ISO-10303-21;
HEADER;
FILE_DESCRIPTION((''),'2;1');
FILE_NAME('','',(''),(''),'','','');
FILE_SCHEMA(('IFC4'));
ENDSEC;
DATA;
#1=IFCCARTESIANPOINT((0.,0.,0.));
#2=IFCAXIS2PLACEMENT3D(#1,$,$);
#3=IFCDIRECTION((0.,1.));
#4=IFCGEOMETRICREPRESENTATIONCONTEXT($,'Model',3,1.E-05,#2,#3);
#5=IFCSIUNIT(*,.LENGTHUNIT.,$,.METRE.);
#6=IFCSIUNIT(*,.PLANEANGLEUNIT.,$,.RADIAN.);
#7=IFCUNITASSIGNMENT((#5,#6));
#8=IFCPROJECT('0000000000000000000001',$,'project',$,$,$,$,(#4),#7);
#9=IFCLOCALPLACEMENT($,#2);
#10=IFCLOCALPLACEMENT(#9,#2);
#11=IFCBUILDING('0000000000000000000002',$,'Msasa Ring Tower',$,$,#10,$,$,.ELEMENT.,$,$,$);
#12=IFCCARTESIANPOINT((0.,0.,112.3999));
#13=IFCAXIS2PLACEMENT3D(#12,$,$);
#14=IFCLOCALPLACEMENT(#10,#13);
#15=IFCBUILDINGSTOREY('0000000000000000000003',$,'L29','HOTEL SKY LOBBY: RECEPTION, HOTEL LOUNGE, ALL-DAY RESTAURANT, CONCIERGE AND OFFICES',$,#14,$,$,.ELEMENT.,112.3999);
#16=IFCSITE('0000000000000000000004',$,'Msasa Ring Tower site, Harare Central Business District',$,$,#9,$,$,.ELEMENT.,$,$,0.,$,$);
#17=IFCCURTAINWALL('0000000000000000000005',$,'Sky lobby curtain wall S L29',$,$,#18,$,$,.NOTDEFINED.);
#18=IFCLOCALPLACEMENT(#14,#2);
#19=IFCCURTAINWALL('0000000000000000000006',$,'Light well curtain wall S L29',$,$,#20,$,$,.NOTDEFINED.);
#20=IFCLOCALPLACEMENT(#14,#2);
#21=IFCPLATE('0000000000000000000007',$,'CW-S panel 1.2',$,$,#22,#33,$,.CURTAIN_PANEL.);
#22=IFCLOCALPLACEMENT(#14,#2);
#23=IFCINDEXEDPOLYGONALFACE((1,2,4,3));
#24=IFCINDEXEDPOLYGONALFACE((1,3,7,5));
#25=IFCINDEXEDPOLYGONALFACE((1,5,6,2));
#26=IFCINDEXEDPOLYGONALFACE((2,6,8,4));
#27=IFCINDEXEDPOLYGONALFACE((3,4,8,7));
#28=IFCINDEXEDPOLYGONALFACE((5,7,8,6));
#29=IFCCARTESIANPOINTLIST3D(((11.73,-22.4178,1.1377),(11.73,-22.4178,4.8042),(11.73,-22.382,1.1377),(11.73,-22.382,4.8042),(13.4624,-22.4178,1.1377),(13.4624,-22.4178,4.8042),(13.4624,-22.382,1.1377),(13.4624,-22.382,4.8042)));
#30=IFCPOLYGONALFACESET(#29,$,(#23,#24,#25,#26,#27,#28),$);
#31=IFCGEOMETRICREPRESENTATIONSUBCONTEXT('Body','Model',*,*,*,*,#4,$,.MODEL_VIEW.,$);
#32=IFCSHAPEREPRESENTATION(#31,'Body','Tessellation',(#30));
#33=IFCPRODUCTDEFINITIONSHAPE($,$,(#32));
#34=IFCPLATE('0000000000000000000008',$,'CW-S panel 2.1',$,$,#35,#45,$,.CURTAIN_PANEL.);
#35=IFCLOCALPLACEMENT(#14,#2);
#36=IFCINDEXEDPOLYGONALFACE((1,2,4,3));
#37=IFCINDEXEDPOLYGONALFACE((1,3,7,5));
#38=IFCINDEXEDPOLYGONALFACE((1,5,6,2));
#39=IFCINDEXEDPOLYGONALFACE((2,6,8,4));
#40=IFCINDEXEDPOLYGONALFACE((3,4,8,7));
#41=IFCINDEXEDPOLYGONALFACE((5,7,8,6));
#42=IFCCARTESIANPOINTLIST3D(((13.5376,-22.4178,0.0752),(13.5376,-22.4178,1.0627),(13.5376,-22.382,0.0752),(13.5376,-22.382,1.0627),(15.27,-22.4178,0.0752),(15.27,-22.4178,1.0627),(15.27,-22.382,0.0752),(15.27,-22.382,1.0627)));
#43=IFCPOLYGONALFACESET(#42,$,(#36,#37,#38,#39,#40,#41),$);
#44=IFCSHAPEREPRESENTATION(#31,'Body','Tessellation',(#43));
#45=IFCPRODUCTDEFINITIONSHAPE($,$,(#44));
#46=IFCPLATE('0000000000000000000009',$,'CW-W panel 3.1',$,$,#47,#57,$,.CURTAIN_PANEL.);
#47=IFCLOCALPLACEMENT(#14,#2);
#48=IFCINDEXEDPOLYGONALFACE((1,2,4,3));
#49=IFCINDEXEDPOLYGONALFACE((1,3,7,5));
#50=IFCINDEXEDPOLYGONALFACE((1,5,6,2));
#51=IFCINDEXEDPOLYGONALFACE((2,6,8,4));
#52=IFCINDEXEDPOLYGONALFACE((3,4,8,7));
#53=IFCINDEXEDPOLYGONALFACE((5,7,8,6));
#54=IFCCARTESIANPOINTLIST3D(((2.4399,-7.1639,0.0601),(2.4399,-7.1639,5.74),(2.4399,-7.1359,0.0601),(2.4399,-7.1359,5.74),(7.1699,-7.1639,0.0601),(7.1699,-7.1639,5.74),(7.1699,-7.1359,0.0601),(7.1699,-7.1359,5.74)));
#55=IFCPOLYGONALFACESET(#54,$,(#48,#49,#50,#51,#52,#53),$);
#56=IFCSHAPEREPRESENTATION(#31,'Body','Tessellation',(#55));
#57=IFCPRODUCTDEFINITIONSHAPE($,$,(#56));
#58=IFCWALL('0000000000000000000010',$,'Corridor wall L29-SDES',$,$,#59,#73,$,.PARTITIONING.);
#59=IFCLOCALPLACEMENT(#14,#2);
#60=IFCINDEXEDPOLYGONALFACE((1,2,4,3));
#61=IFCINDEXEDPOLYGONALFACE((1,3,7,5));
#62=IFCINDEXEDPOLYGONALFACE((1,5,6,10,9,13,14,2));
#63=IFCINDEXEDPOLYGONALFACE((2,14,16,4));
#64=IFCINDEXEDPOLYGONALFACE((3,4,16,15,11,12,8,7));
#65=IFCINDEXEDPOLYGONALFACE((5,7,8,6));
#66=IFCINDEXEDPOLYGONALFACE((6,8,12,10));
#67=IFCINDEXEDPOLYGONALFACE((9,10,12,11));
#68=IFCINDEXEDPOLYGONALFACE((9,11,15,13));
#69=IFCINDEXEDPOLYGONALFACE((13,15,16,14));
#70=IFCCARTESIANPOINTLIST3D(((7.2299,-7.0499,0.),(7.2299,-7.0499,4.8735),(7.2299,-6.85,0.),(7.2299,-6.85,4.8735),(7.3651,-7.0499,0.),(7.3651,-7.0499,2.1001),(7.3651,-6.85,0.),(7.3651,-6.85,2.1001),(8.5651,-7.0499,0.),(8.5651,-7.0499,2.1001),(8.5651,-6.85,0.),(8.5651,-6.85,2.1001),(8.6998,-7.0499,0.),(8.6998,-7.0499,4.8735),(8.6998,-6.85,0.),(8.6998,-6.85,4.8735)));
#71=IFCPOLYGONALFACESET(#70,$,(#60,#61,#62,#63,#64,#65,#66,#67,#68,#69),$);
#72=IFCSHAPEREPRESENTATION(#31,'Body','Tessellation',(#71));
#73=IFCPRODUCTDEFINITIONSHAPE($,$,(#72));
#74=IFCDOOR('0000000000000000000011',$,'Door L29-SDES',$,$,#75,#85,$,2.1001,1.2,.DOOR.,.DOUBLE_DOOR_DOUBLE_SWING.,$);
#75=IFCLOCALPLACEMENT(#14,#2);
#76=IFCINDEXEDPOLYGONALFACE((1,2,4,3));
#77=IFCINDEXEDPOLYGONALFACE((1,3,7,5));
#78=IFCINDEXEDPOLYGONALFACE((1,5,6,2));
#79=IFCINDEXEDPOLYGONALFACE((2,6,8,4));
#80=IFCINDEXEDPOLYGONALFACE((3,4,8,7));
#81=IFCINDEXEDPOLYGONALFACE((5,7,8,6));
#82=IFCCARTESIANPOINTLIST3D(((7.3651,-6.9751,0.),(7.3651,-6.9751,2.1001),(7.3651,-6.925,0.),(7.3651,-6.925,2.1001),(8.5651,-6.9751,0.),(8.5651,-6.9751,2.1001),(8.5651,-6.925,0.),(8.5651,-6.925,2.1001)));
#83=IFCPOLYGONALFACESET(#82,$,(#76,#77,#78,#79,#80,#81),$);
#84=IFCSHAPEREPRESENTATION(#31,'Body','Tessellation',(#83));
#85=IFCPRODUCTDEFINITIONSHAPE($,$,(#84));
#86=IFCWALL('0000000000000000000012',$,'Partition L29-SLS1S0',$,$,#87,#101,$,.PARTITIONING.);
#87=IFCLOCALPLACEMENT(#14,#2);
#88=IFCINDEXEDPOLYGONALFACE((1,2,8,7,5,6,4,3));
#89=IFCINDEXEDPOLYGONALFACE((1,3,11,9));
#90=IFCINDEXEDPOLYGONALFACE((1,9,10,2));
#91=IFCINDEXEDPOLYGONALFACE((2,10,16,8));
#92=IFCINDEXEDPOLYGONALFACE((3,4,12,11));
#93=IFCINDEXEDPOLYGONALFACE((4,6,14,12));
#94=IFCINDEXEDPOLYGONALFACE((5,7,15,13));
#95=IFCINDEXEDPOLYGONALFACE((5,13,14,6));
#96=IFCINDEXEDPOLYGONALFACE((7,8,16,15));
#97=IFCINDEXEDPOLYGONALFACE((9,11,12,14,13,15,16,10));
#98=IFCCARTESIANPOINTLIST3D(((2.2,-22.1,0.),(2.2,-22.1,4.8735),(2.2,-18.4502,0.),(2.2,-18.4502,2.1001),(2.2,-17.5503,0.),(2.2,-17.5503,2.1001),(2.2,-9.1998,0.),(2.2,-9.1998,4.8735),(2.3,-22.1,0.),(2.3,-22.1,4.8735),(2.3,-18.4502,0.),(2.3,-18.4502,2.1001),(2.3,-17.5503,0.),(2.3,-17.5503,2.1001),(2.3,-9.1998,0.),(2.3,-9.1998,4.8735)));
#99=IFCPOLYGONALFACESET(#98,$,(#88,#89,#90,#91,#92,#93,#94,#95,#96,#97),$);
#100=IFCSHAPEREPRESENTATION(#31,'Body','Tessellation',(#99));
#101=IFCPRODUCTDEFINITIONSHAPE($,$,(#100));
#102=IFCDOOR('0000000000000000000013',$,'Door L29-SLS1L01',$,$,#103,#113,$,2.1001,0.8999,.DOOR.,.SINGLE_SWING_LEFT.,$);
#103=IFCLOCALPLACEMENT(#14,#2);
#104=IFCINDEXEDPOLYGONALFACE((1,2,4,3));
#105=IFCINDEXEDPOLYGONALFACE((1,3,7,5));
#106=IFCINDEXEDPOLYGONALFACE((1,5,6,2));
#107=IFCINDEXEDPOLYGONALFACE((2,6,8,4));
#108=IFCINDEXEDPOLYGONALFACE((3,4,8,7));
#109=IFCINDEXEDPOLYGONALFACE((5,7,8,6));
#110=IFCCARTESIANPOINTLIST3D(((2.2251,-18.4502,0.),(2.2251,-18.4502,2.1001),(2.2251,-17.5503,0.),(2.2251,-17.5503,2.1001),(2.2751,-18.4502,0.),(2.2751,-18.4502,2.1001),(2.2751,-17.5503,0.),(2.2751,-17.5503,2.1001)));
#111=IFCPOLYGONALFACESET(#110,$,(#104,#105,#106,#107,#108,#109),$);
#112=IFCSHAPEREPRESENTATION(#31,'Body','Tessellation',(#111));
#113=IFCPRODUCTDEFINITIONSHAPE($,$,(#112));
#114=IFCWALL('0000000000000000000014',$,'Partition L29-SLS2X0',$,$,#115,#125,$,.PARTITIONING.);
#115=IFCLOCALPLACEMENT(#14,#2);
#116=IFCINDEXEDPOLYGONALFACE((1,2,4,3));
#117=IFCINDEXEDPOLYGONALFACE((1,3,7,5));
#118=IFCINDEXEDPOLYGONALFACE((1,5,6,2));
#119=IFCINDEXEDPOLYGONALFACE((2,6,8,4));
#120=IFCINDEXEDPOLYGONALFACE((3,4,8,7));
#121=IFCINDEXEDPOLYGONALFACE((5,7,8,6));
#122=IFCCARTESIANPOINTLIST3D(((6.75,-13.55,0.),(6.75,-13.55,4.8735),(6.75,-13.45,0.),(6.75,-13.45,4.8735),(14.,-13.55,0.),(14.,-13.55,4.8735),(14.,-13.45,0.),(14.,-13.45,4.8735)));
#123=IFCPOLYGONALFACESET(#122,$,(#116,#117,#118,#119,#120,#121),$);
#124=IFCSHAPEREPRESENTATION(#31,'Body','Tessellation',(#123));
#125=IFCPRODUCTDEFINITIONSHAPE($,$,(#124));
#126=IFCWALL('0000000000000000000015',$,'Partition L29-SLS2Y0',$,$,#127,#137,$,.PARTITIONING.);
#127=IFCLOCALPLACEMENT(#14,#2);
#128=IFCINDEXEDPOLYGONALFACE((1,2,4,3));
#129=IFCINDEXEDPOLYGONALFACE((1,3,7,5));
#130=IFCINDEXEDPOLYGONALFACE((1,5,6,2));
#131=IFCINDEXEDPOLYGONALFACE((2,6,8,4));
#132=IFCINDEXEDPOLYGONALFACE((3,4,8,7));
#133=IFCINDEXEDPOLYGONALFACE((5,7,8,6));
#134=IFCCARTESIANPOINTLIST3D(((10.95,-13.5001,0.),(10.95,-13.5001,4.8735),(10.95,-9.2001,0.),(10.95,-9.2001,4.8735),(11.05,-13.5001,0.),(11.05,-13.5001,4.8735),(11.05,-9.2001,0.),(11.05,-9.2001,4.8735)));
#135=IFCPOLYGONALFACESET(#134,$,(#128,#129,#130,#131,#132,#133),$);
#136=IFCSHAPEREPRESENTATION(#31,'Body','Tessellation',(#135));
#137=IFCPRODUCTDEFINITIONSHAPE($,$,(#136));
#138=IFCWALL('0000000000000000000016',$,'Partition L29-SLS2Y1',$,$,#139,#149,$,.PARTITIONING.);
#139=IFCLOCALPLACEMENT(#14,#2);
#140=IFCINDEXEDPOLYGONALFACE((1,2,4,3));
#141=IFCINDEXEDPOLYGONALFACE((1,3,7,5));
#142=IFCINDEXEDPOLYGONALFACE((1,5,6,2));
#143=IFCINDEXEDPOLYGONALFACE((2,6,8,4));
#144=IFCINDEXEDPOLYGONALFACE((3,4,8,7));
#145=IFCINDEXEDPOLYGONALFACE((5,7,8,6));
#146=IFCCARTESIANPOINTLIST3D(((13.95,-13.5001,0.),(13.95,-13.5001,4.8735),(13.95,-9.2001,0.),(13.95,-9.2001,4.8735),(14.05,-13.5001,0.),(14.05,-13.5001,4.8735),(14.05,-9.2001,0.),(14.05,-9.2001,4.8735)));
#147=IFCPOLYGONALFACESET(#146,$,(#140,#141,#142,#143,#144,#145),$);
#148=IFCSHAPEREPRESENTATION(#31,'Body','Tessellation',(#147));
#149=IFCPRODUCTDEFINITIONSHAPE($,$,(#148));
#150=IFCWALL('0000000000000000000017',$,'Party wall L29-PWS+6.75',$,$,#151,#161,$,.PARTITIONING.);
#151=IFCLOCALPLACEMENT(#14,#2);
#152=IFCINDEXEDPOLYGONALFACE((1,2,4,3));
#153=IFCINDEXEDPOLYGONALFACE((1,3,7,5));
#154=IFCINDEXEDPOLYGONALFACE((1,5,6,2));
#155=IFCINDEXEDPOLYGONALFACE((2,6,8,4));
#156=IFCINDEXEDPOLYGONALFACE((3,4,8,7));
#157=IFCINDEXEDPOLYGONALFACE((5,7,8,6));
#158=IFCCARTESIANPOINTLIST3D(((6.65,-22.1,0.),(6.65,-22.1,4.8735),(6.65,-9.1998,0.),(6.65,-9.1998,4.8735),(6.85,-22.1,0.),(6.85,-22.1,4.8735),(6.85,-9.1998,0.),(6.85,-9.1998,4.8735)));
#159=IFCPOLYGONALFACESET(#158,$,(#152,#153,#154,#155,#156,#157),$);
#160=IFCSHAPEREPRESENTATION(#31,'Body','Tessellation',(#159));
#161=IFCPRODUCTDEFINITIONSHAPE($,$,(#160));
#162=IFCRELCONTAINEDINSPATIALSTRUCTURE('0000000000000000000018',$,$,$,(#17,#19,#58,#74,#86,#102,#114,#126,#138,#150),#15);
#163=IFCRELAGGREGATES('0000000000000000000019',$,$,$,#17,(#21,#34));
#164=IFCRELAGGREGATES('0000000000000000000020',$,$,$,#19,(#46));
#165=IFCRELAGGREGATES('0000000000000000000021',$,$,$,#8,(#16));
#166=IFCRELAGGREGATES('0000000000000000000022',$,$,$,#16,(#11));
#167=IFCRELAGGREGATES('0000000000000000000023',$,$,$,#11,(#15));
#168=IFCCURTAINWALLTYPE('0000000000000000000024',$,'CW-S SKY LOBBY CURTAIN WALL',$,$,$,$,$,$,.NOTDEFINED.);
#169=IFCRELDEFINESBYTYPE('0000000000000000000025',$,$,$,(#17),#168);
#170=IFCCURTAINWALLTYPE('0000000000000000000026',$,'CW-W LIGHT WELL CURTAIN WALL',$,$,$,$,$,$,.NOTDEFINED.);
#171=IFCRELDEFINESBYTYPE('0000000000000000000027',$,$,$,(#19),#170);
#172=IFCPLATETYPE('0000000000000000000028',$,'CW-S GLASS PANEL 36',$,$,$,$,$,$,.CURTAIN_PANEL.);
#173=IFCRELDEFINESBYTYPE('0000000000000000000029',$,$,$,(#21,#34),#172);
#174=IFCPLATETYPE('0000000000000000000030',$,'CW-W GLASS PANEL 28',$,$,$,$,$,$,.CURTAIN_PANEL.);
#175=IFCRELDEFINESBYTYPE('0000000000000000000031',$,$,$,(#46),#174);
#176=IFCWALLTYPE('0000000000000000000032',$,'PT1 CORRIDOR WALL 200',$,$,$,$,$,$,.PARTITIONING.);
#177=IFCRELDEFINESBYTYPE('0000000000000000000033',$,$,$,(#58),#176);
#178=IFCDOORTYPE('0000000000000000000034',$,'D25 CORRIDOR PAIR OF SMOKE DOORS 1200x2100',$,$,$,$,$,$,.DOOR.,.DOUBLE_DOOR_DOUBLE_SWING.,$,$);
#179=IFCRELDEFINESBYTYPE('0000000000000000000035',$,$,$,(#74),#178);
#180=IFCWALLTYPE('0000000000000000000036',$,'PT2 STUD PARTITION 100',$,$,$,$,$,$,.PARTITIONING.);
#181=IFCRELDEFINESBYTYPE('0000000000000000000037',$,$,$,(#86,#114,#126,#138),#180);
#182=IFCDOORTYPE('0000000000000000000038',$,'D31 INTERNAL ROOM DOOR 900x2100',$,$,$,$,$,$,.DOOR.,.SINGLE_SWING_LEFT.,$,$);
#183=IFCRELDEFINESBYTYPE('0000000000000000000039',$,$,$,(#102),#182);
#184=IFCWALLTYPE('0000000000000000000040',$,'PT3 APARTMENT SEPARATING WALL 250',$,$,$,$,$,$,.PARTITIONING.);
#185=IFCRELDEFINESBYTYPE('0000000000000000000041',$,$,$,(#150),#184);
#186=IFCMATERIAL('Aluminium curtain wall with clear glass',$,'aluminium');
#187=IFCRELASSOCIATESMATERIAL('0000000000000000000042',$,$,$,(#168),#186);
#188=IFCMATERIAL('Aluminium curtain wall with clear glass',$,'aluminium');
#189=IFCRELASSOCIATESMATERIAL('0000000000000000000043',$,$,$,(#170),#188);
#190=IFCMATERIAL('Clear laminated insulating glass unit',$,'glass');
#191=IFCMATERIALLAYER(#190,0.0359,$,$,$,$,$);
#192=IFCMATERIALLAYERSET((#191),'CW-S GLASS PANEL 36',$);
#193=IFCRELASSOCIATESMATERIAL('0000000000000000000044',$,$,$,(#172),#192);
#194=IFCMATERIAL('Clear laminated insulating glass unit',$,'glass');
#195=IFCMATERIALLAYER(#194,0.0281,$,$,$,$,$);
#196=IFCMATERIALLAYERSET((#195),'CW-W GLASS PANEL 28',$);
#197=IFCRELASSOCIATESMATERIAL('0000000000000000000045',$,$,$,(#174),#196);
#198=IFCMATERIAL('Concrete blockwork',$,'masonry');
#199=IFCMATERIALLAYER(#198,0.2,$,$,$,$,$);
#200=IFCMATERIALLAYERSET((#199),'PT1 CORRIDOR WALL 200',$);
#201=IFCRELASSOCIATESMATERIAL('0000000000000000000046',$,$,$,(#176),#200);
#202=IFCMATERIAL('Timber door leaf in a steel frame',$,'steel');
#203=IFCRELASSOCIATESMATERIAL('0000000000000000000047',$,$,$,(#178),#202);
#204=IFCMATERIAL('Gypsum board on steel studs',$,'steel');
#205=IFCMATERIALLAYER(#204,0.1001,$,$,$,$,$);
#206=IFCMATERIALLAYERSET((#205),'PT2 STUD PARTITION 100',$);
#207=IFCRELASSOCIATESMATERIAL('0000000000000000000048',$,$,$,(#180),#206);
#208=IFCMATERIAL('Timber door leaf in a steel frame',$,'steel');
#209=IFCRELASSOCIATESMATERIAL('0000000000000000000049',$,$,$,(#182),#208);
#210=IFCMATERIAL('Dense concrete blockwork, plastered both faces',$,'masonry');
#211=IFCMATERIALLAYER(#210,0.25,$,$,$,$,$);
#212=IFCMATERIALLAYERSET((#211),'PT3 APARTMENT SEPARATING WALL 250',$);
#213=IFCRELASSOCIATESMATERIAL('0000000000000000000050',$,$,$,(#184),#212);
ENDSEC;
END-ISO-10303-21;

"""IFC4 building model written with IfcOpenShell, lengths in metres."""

from ifc_helpers import new_model, si_unit, direction, frame, frame_2d, origin, origin_2d, place, context, subcontext, project, spatial, rectangle, extrude, material, layer, layer_set, type_object, element, fill, aggregate, save


model = new_model("IFC4")

# Units and contexts
model_context = context("Model", 3, precision=1e-05, world=origin(), true_north=direction((0.0, 1.0)))
body_context = subcontext(model_context, "Body", "Model", "MODEL_VIEW")
ifc_project = project(units=[si_unit("LENGTHUNIT", "METRE"), si_unit("PLANEANGLEUNIT", "RADIAN")], contexts=[model_context])

# Site, building, storey
site_placement = place(None, origin())
site = spatial("IfcSite", under=ifc_project, at=site_placement, Name="Msasa Ring Tower site, Harare Central Business District", CompositionType="ELEMENT", RefElevation=0.0)
building_placement = place(site_placement, origin())
building = spatial("IfcBuilding", under=site, at=building_placement, Name="Msasa Ring Tower", CompositionType="ELEMENT")
storey_placement = place(building_placement, frame((0.0, 0.0, 112.3999)))
storey = spatial("IfcBuildingStorey", under=building, at=storey_placement, Name="L29", Description="HOTEL SKY LOBBY: RECEPTION, HOTEL LOUNGE, ALL-DAY RESTAURANT, CONCIERGE AND OFFICES", CompositionType="ELEMENT", Elevation=112.3999)

# Curtain walls
ifc_material_1 = material(Name="Aluminium curtain wall with clear glass", Category="aluminium")
curtain_wall_type_1 = type_object("IfcCurtainWallType", Name="CW-S SKY LOBBY CURTAIN WALL", PredefinedType="NOTDEFINED", material=ifc_material_1)
curtain_wall_1_placement = place(storey_placement, origin())
curtain_wall_1 = element("IfcCurtainWall", 1, at=curtain_wall_1_placement, inside=storey, type_object=curtain_wall_type_1, Name="Sky lobby curtain wall S L29", PredefinedType="NOTDEFINED")
ifc_material_2 = material(Name="Aluminium curtain wall with clear glass", Category="aluminium")
curtain_wall_type_2 = type_object("IfcCurtainWallType", Name="CW-W LIGHT WELL CURTAIN WALL", PredefinedType="NOTDEFINED", material=ifc_material_2)
curtain_wall_2_placement = place(storey_placement, origin())
curtain_wall_2 = element("IfcCurtainWall", 2, at=curtain_wall_2_placement, inside=storey, type_object=curtain_wall_type_2, Name="Light well curtain wall S L29", PredefinedType="NOTDEFINED")

# Plates
ifc_material_3 = material(Name="Clear laminated insulating glass unit", Category="glass")
ifc_layer_1 = layer(ifc_material_3, 0.0359)
ifc_layer_set_1 = layer_set([ifc_layer_1], Name="CW-S GLASS PANEL 36")
plate_type_1 = type_object("IfcPlateType", Name="CW-S GLASS PANEL 36", PredefinedType="CURTAIN_PANEL", material=ifc_layer_set_1)
plate_1_placement = place(storey_placement, frame((12.5962, -22.3999, 1.1377), z_axis=(0.0, 0.0, 1.0), x_axis=(1.0, 0.0, 0.0)))
plate_1 = element("IfcPlate", 3, at=plate_1_placement, type_object=plate_type_1, Name="CW-S panel 1.2", PredefinedType="CURTAIN_PANEL", context=body_context, shape_type="SweptSolid", body=[
    extrude(rectangle(XDim=1.7324, YDim=0.0359, at=origin_2d()), origin(), (0.0, 0.0, 1.0), 3.6665),
])
plate_2_placement = place(storey_placement, frame((14.4038, -22.3999, 0.0752), z_axis=(0.0, 0.0, 1.0), x_axis=(1.0, 0.0, 0.0)))
plate_2 = element("IfcPlate", 4, at=plate_2_placement, type_object=plate_type_1, Name="CW-S panel 2.1", PredefinedType="CURTAIN_PANEL", context=body_context, shape_type="SweptSolid", body=[
    extrude(rectangle(XDim=1.7324, YDim=0.0359, at=origin_2d()), origin(), (0.0, 0.0, 1.0), 0.9875),
])
aggregate(curtain_wall_1, [plate_1, plate_2])
ifc_material_4 = material(Name="Clear laminated insulating glass unit", Category="glass")
ifc_layer_2 = layer(ifc_material_4, 0.0281)
ifc_layer_set_2 = layer_set([ifc_layer_2], Name="CW-W GLASS PANEL 28")
plate_type_2 = type_object("IfcPlateType", Name="CW-W GLASS PANEL 28", PredefinedType="CURTAIN_PANEL", material=ifc_layer_set_2)
plate_3_placement = place(storey_placement, frame((4.8049, -7.1499, 0.0601), z_axis=(0.0, 0.0, 1.0), x_axis=(1.0, 0.0, 0.0)))
plate_3 = element("IfcPlate", 5, at=plate_3_placement, type_object=plate_type_2, Name="CW-W panel 3.1", PredefinedType="CURTAIN_PANEL", context=body_context, shape_type="SweptSolid", body=[
    extrude(rectangle(XDim=4.73, YDim=0.0281, at=origin_2d()), origin(), (0.0, 0.0, 1.0), 5.6799),
])
aggregate(curtain_wall_2, [plate_3])

# Walls, openings, doors
ifc_material_5 = material(Name="Concrete blockwork", Category="masonry")
ifc_layer_3 = layer(ifc_material_5, 0.2)
ifc_layer_set_3 = layer_set([ifc_layer_3], Name="PT1 CORRIDOR WALL 200")
wall_type_1 = type_object("IfcWallType", Name="PT1 CORRIDOR WALL 200", PredefinedType="PARTITIONING", material=ifc_layer_set_3)
wall_1_placement = place(storey_placement, frame((7.23, -6.95, 0.0), z_axis=(0.0, 0.0, 1.0), x_axis=(1.0, 0.0, 0.0)))
wall_1 = element("IfcWall", 6, at=wall_1_placement, inside=storey, type_object=wall_type_1, Name="Corridor wall L29-SDES", PredefinedType="PARTITIONING", context=body_context, shape_type="SweptSolid", body=[
    extrude(rectangle(XDim=1.47, YDim=0.2, at=frame_2d((0.7349, 0.0))), origin(), (0.0, 0.0, 1.0), 4.8735),
])
opening_1_placement = place(wall_1_placement, frame((0.135, 0.0, 0.0)))
opening_1 = element("IfcOpeningElement", 7, at=opening_1_placement, cuts=wall_1, PredefinedType="OPENING", context=body_context, shape_type="SweptSolid", body=[
    extrude(rectangle(XDim=1.2, YDim=2.1001, at=frame_2d((0.6001, 1.05))), frame((0.0, 0.1099, 0.0), z_axis=(0.0, -1.0, 0.0), x_axis=(1.0, 0.0, 0.0)), (0.0, 0.0, 1.0), 0.22),
])
ifc_material_6 = material(Name="Timber door leaf in a steel frame", Category="steel")
door_type_1 = type_object("IfcDoorType", Name="D25 CORRIDOR PAIR OF SMOKE DOORS 1200x2100", OperationType="DOUBLE_DOOR_DOUBLE_SWING", PredefinedType="DOOR", material=ifc_material_6)
door_1_placement = place(opening_1_placement, origin())
door_1 = element("IfcDoor", 8, at=door_1_placement, inside=storey, type_object=door_type_1, Name="Door L29-SDES", OperationType="DOUBLE_DOOR_DOUBLE_SWING", OverallHeight=2.1001, OverallWidth=1.2, PredefinedType="DOOR", context=body_context, shape_type="SweptSolid", body=[
    extrude(rectangle(XDim=1.2, YDim=2.1001, at=frame_2d((0.6001, 1.05))), frame((0.0, 0.0249, 0.0), z_axis=(0.0, -1.0, 0.0), x_axis=(1.0, 0.0, 0.0)), (0.0, 0.0, 1.0), 0.05),
])
fill(opening_1, door_1)
ifc_material_7 = material(Name="Gypsum board on steel studs", Category="steel")
ifc_layer_4 = layer(ifc_material_7, 0.1001)
ifc_layer_set_4 = layer_set([ifc_layer_4], Name="PT2 STUD PARTITION 100")
wall_type_2 = type_object("IfcWallType", Name="PT2 STUD PARTITION 100", PredefinedType="PARTITIONING", material=ifc_layer_set_4)
wall_2_placement = place(storey_placement, frame((2.25, -22.1001, 0.0), z_axis=(0.0, 0.0, 1.0), x_axis=(0.0, 1.0, 0.0)))
wall_2 = element("IfcWall", 9, at=wall_2_placement, inside=storey, type_object=wall_type_2, Name="Partition L29-SLS1S0", PredefinedType="PARTITIONING", context=body_context, shape_type="SweptSolid", body=[
    extrude(rectangle(XDim=12.9001, YDim=0.1001, at=frame_2d((6.4502, 0.0))), origin(), (0.0, 0.0, 1.0), 4.8735),
])
opening_2_placement = place(wall_2_placement, frame((3.6499, 0.0, 0.0)))
opening_2 = element("IfcOpeningElement", 10, at=opening_2_placement, cuts=wall_2, PredefinedType="OPENING", context=body_context, shape_type="SweptSolid", body=[
    extrude(rectangle(XDim=0.8999, YDim=2.1001, at=frame_2d((0.45, 1.05))), frame((0.0, 0.0601, 0.0), z_axis=(0.0, -1.0, 0.0), x_axis=(1.0, 0.0, 0.0)), (0.0, 0.0, 1.0), 0.1201),
])
ifc_material_8 = material(Name="Timber door leaf in a steel frame", Category="steel")
door_type_2 = type_object("IfcDoorType", Name="D31 INTERNAL ROOM DOOR 900x2100", OperationType="SINGLE_SWING_LEFT", PredefinedType="DOOR", material=ifc_material_8)
door_2_placement = place(opening_2_placement, origin())
door_2 = element("IfcDoor", 11, at=door_2_placement, inside=storey, type_object=door_type_2, Name="Door L29-SLS1L01", OperationType="SINGLE_SWING_LEFT", OverallHeight=2.1001, OverallWidth=0.8999, PredefinedType="DOOR", context=body_context, shape_type="SweptSolid", body=[
    extrude(rectangle(XDim=0.8999, YDim=2.1001, at=frame_2d((0.45, 1.05))), frame((0.0, 0.0249, 0.0), z_axis=(0.0, -1.0, 0.0), x_axis=(1.0, 0.0, 0.0)), (0.0, 0.0, 1.0), 0.05),
])
fill(opening_2, door_2)

# Walls
wall_3_placement = place(storey_placement, frame((6.75, -13.5, 0.0), z_axis=(0.0, 0.0, 1.0), x_axis=(1.0, 0.0, 0.0)))
element("IfcWall", 12, at=wall_3_placement, inside=storey, type_object=wall_type_2, Name="Partition L29-SLS2X0", PredefinedType="PARTITIONING", context=body_context, shape_type="SweptSolid", body=[
    extrude(rectangle(XDim=7.25, YDim=0.1001, at=frame_2d((3.625, 0.0))), origin(), (0.0, 0.0, 1.0), 4.8735),
])
for number, where, z_axis, x_axis, name in (
    (13, (11.0, -13.5, 0.0), (0.0, 0.0, 1.0), (0.0, 1.0, 0.0), "Partition L29-SLS2Y0"),
    (14, (14.0, -13.5, 0.0), (0.0, 0.0, 1.0), (0.0, 1.0, 0.0), "Partition L29-SLS2Y1"),
):
    element("IfcWall", number, at=place(storey_placement, frame(where, z_axis=z_axis, x_axis=x_axis)), inside=storey, type_object=wall_type_2, Name=name, PredefinedType="PARTITIONING", context=body_context, shape_type="SweptSolid", body=[
        extrude(rectangle(XDim=4.3, YDim=0.1001, at=frame_2d((2.1499, 0.0))), origin(), (0.0, 0.0, 1.0), 4.8735),
    ])
ifc_material_9 = material(Name="Dense concrete blockwork, plastered both faces", Category="masonry")
ifc_layer_5 = layer(ifc_material_9, 0.25)
ifc_layer_set_5 = layer_set([ifc_layer_5], Name="PT3 APARTMENT SEPARATING WALL 250")
wall_type_3 = type_object("IfcWallType", Name="PT3 APARTMENT SEPARATING WALL 250", PredefinedType="PARTITIONING", material=ifc_layer_set_5)
wall_4_placement = place(storey_placement, frame((6.75, -22.1001, 0.0), z_axis=(0.0, 0.0, 1.0), x_axis=(0.0, 1.0, 0.0)))
element("IfcWall", 15, at=wall_4_placement, inside=storey, type_object=wall_type_3, Name="Party wall L29-PWS+6.75", PredefinedType="PARTITIONING", context=body_context, shape_type="SweptSolid", body=[
    extrude(rectangle(XDim=12.9001, YDim=0.2, at=frame_2d((6.4502, 0.0))), origin(), (0.0, 0.0, 1.0), 4.8735),
])

save(model, "model.ifc")
